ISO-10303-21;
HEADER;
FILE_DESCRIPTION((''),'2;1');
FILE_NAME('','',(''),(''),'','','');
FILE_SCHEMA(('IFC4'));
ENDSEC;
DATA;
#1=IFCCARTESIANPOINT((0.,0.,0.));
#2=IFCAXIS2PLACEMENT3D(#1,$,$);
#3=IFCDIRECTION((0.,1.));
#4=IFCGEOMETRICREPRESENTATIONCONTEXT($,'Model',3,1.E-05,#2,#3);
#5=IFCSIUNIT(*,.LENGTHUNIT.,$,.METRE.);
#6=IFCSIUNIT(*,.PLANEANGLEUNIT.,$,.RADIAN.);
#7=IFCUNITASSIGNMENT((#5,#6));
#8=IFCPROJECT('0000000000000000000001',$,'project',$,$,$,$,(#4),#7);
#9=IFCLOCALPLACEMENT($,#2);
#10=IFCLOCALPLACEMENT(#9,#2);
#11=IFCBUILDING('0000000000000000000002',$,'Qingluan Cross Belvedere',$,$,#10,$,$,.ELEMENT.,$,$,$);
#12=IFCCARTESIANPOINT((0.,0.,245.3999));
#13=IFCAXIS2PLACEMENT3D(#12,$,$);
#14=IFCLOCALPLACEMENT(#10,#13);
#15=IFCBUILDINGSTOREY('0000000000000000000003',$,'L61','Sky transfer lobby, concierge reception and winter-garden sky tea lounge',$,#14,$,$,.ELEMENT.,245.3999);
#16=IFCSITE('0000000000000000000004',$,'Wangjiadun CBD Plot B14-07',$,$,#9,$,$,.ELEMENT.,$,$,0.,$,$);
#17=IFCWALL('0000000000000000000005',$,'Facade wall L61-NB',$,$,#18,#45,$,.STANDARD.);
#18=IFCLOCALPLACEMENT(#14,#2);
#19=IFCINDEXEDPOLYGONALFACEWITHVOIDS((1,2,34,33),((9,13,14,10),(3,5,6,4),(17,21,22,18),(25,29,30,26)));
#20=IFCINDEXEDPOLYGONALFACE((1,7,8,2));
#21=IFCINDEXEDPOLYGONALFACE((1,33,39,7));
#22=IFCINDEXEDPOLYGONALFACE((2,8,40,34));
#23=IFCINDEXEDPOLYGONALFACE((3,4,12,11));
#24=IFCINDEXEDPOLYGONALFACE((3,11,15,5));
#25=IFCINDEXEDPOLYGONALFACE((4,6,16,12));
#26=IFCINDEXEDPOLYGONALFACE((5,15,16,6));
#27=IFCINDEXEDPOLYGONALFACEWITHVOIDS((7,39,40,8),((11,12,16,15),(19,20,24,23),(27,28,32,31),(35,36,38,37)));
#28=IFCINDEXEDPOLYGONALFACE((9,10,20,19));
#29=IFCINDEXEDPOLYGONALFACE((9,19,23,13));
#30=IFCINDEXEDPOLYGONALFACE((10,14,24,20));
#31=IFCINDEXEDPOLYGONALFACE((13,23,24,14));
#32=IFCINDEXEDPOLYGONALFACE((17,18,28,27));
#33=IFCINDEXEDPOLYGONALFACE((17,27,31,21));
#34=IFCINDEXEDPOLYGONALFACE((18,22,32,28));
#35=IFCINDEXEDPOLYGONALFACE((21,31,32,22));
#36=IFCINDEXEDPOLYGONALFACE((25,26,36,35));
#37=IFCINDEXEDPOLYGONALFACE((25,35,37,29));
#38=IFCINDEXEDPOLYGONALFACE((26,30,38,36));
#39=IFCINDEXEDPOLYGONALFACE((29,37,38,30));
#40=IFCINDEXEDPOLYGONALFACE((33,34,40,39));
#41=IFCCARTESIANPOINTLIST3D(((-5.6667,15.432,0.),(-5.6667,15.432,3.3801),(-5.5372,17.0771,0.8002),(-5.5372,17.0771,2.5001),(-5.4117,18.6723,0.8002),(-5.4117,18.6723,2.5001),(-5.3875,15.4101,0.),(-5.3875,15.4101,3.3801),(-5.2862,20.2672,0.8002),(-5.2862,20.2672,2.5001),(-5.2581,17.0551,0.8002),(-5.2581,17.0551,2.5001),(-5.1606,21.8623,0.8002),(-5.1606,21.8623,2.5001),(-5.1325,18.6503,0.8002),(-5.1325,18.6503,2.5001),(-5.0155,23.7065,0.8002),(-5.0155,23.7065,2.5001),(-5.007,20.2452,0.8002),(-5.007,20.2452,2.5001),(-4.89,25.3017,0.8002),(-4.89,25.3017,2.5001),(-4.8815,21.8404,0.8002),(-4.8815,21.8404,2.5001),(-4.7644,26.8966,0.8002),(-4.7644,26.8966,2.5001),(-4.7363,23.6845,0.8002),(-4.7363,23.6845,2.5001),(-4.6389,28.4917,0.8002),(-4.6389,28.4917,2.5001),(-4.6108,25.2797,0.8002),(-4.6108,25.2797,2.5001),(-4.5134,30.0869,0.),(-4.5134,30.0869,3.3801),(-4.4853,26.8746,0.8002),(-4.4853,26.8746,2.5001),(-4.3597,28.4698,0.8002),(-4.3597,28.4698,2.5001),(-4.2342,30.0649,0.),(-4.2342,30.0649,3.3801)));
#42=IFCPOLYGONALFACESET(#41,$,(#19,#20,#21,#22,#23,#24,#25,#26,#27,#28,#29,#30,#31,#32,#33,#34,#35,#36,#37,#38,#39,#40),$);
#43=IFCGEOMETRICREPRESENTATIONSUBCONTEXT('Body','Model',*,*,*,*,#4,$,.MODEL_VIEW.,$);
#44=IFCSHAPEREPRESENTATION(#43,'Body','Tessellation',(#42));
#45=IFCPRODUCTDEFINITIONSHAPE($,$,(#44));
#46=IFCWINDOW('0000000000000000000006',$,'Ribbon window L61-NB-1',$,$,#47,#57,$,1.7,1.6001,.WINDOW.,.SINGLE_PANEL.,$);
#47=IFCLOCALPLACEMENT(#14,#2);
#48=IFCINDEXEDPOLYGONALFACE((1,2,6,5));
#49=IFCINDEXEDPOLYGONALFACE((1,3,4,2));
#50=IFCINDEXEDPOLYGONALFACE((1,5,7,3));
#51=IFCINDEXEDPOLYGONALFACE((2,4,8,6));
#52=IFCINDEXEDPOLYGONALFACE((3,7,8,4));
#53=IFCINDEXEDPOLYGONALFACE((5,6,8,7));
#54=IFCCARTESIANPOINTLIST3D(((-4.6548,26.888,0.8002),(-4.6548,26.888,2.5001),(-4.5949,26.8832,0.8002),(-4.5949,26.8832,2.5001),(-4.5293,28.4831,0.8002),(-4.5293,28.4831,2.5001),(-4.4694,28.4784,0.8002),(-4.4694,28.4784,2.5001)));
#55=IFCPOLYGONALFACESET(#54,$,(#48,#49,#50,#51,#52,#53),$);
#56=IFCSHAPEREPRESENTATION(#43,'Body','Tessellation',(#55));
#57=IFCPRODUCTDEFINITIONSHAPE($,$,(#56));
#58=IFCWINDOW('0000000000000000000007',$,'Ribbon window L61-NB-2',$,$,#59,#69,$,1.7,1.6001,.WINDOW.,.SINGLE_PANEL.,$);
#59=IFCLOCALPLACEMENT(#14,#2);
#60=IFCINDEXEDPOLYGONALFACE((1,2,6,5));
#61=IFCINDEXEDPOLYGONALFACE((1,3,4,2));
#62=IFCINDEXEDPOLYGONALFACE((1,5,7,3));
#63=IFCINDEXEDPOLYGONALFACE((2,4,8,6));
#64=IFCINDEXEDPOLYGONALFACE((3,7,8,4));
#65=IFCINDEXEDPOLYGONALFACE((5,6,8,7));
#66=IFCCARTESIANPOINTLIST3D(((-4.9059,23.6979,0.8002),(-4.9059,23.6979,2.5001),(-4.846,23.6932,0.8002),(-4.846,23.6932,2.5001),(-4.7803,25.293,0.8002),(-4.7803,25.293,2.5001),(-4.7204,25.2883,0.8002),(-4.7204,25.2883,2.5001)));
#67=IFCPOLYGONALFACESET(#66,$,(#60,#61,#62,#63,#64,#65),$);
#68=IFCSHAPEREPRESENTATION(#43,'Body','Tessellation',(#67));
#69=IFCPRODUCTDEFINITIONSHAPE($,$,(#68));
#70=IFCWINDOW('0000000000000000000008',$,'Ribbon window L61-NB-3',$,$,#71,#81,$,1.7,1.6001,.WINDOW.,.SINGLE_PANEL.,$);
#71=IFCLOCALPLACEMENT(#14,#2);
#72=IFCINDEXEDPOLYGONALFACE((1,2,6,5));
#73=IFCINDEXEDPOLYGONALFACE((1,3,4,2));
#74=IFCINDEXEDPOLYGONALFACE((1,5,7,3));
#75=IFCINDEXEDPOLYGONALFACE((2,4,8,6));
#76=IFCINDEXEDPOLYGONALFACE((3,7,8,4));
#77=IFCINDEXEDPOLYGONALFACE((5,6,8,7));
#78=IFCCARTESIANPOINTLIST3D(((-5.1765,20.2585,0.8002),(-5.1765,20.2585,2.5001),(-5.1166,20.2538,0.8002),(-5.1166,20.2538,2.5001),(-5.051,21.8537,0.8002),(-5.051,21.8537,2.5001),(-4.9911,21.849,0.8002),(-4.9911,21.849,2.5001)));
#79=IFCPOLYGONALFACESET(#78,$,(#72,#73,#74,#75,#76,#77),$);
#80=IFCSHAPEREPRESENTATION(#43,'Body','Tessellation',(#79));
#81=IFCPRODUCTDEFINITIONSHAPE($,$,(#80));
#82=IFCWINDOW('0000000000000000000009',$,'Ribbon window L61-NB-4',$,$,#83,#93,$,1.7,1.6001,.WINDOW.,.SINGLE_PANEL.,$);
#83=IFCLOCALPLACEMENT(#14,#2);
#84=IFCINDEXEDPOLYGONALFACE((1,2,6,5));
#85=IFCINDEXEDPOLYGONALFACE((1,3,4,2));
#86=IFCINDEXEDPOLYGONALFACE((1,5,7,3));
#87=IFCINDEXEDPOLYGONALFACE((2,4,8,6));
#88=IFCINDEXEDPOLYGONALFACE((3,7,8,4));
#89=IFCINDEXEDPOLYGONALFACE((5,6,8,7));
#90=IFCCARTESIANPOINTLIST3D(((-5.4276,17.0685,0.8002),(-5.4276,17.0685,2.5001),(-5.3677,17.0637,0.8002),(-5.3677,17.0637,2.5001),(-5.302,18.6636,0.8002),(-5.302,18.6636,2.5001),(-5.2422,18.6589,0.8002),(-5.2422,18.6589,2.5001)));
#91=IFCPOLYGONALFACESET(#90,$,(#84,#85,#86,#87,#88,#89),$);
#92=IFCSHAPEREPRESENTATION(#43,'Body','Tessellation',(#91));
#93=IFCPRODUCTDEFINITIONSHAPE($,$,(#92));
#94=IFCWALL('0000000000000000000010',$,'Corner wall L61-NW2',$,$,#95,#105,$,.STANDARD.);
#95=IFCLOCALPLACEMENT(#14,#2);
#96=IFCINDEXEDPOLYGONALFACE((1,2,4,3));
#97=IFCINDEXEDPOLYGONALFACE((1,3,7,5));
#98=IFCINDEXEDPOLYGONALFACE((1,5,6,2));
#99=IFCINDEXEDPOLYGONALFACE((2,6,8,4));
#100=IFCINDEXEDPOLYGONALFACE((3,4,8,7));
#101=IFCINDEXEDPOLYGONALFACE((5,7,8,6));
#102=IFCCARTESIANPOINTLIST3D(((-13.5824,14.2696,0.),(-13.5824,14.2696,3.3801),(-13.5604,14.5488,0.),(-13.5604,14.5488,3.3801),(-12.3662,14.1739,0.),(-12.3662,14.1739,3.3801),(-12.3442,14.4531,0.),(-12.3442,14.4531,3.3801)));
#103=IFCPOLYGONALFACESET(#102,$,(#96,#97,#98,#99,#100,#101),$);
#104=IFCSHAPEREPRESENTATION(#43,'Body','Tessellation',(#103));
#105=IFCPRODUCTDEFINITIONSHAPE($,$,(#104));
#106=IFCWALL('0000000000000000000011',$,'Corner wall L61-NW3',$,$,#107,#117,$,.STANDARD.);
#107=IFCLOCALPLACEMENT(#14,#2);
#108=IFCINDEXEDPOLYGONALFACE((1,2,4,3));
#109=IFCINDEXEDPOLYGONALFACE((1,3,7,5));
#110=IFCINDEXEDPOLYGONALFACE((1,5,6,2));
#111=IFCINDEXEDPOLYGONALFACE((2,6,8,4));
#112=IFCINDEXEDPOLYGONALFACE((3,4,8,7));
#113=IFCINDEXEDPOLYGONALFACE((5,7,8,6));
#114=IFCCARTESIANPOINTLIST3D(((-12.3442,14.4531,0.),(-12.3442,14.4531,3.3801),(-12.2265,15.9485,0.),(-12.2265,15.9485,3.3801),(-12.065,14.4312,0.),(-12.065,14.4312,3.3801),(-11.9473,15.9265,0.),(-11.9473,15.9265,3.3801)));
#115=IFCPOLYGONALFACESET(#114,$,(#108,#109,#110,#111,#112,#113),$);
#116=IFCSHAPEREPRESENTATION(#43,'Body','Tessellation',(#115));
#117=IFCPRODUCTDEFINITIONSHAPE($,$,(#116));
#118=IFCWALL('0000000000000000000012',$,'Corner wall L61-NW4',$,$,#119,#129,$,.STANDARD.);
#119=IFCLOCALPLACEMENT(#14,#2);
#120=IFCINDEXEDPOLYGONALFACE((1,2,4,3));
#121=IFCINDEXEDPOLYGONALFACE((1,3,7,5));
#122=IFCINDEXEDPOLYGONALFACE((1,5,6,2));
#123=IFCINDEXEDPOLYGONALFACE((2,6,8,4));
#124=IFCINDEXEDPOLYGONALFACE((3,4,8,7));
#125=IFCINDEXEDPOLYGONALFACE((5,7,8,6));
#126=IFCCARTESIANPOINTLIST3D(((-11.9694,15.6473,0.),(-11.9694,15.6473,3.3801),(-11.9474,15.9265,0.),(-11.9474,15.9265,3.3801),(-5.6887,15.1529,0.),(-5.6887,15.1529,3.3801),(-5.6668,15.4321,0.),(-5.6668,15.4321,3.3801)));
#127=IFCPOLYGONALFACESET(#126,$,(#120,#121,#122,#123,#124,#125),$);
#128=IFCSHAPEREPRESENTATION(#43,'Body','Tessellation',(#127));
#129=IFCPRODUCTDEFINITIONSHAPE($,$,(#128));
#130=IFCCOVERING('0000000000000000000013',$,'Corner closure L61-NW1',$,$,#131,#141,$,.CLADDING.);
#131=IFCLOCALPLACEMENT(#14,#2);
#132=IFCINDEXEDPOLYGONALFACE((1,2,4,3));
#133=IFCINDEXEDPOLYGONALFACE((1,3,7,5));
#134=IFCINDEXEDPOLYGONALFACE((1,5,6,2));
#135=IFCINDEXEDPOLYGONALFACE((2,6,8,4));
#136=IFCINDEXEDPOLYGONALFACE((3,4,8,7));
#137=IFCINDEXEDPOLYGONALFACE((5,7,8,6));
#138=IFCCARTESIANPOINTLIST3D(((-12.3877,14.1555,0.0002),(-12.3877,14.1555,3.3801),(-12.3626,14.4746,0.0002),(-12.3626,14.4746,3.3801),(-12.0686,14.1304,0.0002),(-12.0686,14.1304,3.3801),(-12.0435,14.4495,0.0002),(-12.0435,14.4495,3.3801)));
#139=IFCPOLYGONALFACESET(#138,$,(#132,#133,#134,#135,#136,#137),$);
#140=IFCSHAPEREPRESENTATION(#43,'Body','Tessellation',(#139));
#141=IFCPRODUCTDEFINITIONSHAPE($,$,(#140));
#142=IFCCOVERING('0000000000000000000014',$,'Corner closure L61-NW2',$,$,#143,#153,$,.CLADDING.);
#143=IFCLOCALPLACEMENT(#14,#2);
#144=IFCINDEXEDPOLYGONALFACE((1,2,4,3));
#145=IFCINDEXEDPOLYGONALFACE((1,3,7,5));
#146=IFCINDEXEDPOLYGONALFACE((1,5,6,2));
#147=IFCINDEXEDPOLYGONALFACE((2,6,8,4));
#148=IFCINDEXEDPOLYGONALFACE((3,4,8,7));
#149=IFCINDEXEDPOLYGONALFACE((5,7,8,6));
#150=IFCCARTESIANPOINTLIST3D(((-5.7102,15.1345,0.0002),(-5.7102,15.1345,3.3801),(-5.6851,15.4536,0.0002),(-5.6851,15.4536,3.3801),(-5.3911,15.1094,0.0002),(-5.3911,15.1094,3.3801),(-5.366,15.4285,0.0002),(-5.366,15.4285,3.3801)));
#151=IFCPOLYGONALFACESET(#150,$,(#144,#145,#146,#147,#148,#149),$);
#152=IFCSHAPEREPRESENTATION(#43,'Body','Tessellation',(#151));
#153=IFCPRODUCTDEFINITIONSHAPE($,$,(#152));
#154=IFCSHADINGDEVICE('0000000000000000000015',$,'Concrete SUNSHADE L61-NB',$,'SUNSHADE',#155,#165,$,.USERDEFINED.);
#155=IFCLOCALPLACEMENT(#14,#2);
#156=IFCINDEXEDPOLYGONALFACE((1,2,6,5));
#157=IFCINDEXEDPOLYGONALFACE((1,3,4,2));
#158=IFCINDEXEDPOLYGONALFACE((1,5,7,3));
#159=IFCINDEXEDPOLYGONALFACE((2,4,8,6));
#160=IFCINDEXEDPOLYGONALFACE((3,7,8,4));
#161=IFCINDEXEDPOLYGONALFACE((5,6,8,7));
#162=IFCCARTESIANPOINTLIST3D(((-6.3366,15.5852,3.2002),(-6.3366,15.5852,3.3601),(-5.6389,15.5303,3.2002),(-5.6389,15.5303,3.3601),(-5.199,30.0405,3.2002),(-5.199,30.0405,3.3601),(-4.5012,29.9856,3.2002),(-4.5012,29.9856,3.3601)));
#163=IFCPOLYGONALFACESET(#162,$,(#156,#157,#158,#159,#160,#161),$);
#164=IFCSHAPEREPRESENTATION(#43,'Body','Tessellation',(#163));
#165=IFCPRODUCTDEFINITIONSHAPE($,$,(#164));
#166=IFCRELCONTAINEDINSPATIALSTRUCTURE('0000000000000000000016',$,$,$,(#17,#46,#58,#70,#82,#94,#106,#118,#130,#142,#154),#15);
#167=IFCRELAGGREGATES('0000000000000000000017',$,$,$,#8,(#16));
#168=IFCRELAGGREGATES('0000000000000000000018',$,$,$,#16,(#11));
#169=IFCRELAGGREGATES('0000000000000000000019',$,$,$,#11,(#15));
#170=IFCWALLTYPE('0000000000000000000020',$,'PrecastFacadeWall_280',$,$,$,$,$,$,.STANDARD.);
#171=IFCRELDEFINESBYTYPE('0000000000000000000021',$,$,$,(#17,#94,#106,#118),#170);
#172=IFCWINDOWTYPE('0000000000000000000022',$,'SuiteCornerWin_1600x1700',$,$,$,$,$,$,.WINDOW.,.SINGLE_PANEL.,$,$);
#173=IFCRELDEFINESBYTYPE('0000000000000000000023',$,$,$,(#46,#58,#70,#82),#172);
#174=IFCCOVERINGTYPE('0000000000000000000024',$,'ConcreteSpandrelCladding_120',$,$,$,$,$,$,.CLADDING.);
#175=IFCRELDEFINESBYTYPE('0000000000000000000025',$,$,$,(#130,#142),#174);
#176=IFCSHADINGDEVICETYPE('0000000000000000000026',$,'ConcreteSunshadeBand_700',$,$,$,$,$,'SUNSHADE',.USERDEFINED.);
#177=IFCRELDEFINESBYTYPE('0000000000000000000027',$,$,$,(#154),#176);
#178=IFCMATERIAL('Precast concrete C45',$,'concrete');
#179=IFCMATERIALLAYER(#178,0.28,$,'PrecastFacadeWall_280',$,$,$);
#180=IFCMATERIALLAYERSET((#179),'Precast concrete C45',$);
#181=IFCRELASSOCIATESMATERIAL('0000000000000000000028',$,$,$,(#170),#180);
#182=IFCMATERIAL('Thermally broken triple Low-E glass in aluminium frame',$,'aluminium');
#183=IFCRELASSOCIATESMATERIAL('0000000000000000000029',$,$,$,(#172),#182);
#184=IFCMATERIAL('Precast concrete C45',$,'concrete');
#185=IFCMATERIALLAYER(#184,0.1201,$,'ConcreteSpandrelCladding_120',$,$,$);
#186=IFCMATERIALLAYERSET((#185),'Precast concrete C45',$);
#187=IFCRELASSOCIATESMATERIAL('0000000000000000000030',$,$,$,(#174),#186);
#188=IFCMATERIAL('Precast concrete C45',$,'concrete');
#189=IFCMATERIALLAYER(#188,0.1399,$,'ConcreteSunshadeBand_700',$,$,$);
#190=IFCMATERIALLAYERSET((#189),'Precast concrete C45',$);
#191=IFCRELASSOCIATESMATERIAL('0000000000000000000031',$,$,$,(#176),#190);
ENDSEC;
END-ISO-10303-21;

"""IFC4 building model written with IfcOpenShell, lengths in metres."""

from ifc_helpers import new_model, si_unit, direction, frame, frame_2d, origin, origin_2d, place, context, subcontext, project, spatial, rectangle, extrude, material, layer, layer_set, type_object, element, fill, save


model = new_model("IFC4")

# Units and contexts
model_context = context("Model", 3, precision=1e-05, world=origin(), true_north=direction((0.0, 1.0)))
body_context = subcontext(model_context, "Body", "Model", "MODEL_VIEW")
ifc_project = project(units=[si_unit("LENGTHUNIT", "METRE"), si_unit("PLANEANGLEUNIT", "RADIAN")], contexts=[model_context])

# Site, building, storey
site_placement = place(None, origin())
site = spatial("IfcSite", under=ifc_project, at=site_placement, Name="Wangjiadun CBD Plot B14-07", CompositionType="ELEMENT", RefElevation=0.0)
building_placement = place(site_placement, origin())
building = spatial("IfcBuilding", under=site, at=building_placement, Name="Qingluan Cross Belvedere", CompositionType="ELEMENT")
storey_placement = place(building_placement, frame((0.0, 0.0, 245.3999)))
storey = spatial("IfcBuildingStorey", under=building, at=storey_placement, Name="L61", Description="Sky transfer lobby, concierge reception and winter-garden sky tea lounge", CompositionType="ELEMENT", Elevation=245.3999)

# Wall, openings, windows
ifc_material_1 = material(Name="Precast concrete C45", Category="concrete")
ifc_layer_1 = layer(ifc_material_1, 0.28, Name="PrecastFacadeWall_280")
ifc_layer_set_1 = layer_set([ifc_layer_1], Name="Precast concrete C45")
wall_type_1 = type_object("IfcWallType", Name="PrecastFacadeWall_280", PredefinedType="STANDARD", material=ifc_layer_set_1)
wall_1_placement = place(storey_placement, frame((-4.3738, 30.0759, 0.0), z_axis=(0.0, 0.0, 1.0), x_axis=(-0.078457, -0.996918, 0.0)))
wall_1 = element("IfcWall", 1, at=wall_1_placement, inside=storey, type_object=wall_type_1, Name="Facade wall L61-NB", PredefinedType="STANDARD", context=body_context, shape_type="SweptSolid", body=[
    extrude(rectangle(XDim=14.7002, YDim=0.28, at=frame_2d((7.3501, 0.0))), origin(), (0.0, 0.0, 1.0), 3.3801),
])
opening_1_placement = place(wall_1_placement, frame((1.6001, 0.0, 0.8)))
opening_1 = element("IfcOpeningElement", 2, at=opening_1_placement, cuts=wall_1, PredefinedType="OPENING", context=body_context, shape_type="SweptSolid", body=[
    extrude(rectangle(XDim=1.6001, YDim=1.7, at=frame_2d((0.8, 0.8501))), frame((0.0, 0.1499, 0.0), z_axis=(0.0, -1.0, 0.0), x_axis=(1.0, 0.0, 0.0)), (0.0, 0.0, 1.0), 0.3),
])
opening_2_placement = place(wall_1_placement, frame((4.8, 0.0, 0.8)))
opening_2 = element("IfcOpeningElement", 3, at=opening_2_placement, cuts=wall_1, PredefinedType="OPENING", context=body_context, shape_type="SweptSolid", body=[
    extrude(rectangle(XDim=1.6001, YDim=1.7, at=frame_2d((0.8, 0.8501))), frame((0.0, 0.1499, 0.0), z_axis=(0.0, -1.0, 0.0), x_axis=(1.0, 0.0, 0.0)), (0.0, 0.0, 1.0), 0.3),
])
opening_3_placement = place(wall_1_placement, frame((8.25, 0.0, 0.8)))
opening_3 = element("IfcOpeningElement", 4, at=opening_3_placement, cuts=wall_1, PredefinedType="OPENING", context=body_context, shape_type="SweptSolid", body=[
    extrude(rectangle(XDim=1.6001, YDim=1.7, at=frame_2d((0.8, 0.8501))), frame((0.0, 0.1499, 0.0), z_axis=(0.0, -1.0, 0.0), x_axis=(1.0, 0.0, 0.0)), (0.0, 0.0, 1.0), 0.3),
])
opening_4_placement = place(wall_1_placement, frame((11.45, 0.0, 0.8)))
opening_4 = element("IfcOpeningElement", 5, at=opening_4_placement, cuts=wall_1, PredefinedType="OPENING", context=body_context, shape_type="SweptSolid", body=[
    extrude(rectangle(XDim=1.6001, YDim=1.7, at=frame_2d((0.8, 0.8501))), frame((0.0, 0.1499, 0.0), z_axis=(0.0, -1.0, 0.0), x_axis=(1.0, 0.0, 0.0)), (0.0, 0.0, 1.0), 0.3),
])
ifc_material_2 = material(Name="Thermally broken triple Low-E glass in aluminium frame", Category="aluminium")
window_type = type_object("IfcWindowType", Name="SuiteCornerWin_1600x1700", PartitioningType="SINGLE_PANEL", PredefinedType="WINDOW", material=ifc_material_2)
window_1_placement = place(opening_1_placement, origin())
window_1 = element("IfcWindow", 6, at=window_1_placement, inside=storey, type_object=window_type, Name="Ribbon window L61-NB-1", OverallHeight=1.7, OverallWidth=1.6001, PartitioningType="SINGLE_PANEL", PredefinedType="WINDOW", context=body_context, shape_type="SweptSolid", body=[
    extrude(rectangle(XDim=1.6001, YDim=1.7, at=frame_2d((0.8, 0.8501))), frame((0.0, 0.03, 0.0), z_axis=(0.0, -1.0, 0.0), x_axis=(1.0, 0.0, 0.0)), (0.0, 0.0, 1.0), 0.0601),
])
fill(opening_1, window_1)
window_2_placement = place(opening_2_placement, origin())
window_2 = element("IfcWindow", 7, at=window_2_placement, inside=storey, type_object=window_type, Name="Ribbon window L61-NB-2", OverallHeight=1.7, OverallWidth=1.6001, PartitioningType="SINGLE_PANEL", PredefinedType="WINDOW", context=body_context, shape_type="SweptSolid", body=[
    extrude(rectangle(XDim=1.6001, YDim=1.7, at=frame_2d((0.8, 0.8501))), frame((0.0, 0.03, 0.0), z_axis=(0.0, -1.0, 0.0), x_axis=(1.0, 0.0, 0.0)), (0.0, 0.0, 1.0), 0.0601),
])
fill(opening_2, window_2)
window_3_placement = place(opening_3_placement, origin())
window_3 = element("IfcWindow", 8, at=window_3_placement, inside=storey, type_object=window_type, Name="Ribbon window L61-NB-3", OverallHeight=1.7, OverallWidth=1.6001, PartitioningType="SINGLE_PANEL", PredefinedType="WINDOW", context=body_context, shape_type="SweptSolid", body=[
    extrude(rectangle(XDim=1.6001, YDim=1.7, at=frame_2d((0.8, 0.8501))), frame((0.0, 0.03, 0.0), z_axis=(0.0, -1.0, 0.0), x_axis=(1.0, 0.0, 0.0)), (0.0, 0.0, 1.0), 0.0601),
])
fill(opening_3, window_3)
window_4_placement = place(opening_4_placement, origin())
window_4 = element("IfcWindow", 9, at=window_4_placement, inside=storey, type_object=window_type, Name="Ribbon window L61-NB-4", OverallHeight=1.7, OverallWidth=1.6001, PartitioningType="SINGLE_PANEL", PredefinedType="WINDOW", context=body_context, shape_type="SweptSolid", body=[
    extrude(rectangle(XDim=1.6001, YDim=1.7, at=frame_2d((0.8, 0.8501))), frame((0.0, 0.03, 0.0), z_axis=(0.0, -1.0, 0.0), x_axis=(1.0, 0.0, 0.0)), (0.0, 0.0, 1.0), 0.0601),
])
fill(opening_4, window_4)

# Walls
wall_2_placement = place(storey_placement, frame((-13.5713, 14.4092, 0.0), z_axis=(0.0, 0.0, 1.0), x_axis=(0.996919, -0.078441, 0.0)))
element("IfcWall", 10, at=wall_2_placement, inside=storey, type_object=wall_type_1, Name="Corner wall L61-NW2", PredefinedType="STANDARD", context=body_context, shape_type="SweptSolid", body=[
    extrude(rectangle(XDim=1.22, YDim=0.28, at=frame_2d((0.6099, 0.0))), origin(), (0.0, 0.0, 1.0), 3.3801),
])
wall_3_placement = place(storey_placement, frame((-12.2046, 14.4421, 0.0), z_axis=(0.0, 0.0, 1.0), x_axis=(0.078451, 0.996918, 0.0)))
element("IfcWall", 11, at=wall_3_placement, inside=storey, type_object=wall_type_1, Name="Corner wall L61-NW3", PredefinedType="STANDARD", context=body_context, shape_type="SweptSolid", body=[
    extrude(rectangle(XDim=1.5, YDim=0.28, at=frame_2d((0.75, 0.0))), origin(), (0.0, 0.0, 1.0), 3.3801),
])
wall_4_placement = place(storey_placement, frame((-11.9583, 15.7869, 0.0), z_axis=(0.0, 0.0, 1.0), x_axis=(0.996916, -0.078474, 0.0)))
element("IfcWall", 12, at=wall_4_placement, inside=storey, type_object=wall_type_1, Name="Corner wall L61-NW4", PredefinedType="STANDARD", context=body_context, shape_type="SweptSolid", body=[
    extrude(rectangle(XDim=6.3, YDim=0.28, at=frame_2d((3.1499, 0.0))), origin(), (0.0, 0.0, 1.0), 3.3801),
])

# Coverings
ifc_material_3 = material(Name="Precast concrete C45", Category="concrete")
ifc_layer_2 = layer(ifc_material_3, 0.1201, Name="ConcreteSpandrelCladding_120")
ifc_layer_set_2 = layer_set([ifc_layer_2], Name="Precast concrete C45")
covering_type_1 = type_object("IfcCoveringType", Name="ConcreteSpandrelCladding_120", PredefinedType="CLADDING", material=ifc_layer_set_2)
for number, where, z_axis, x_axis, name in (
    (13, (-12.2156, 14.3025, 0.0002), (0.0, 0.0, 1.0), (0.996917, -0.078459, 0.0), "Corner closure L61-NW1"),
    (14, (-5.5381, 15.2815, 0.0002), (0.0, 0.0, 1.0), (0.996917, -0.078459, 0.0), "Corner closure L61-NW2"),
):
    element("IfcCovering", number, at=place(storey_placement, frame(where, z_axis=z_axis, x_axis=x_axis)), inside=storey, type_object=covering_type_1, Name=name, PredefinedType="CLADDING", context=body_context, shape_type="SweptSolid", body=[
        extrude(rectangle(XDim=0.3201, YDim=0.3201, at=origin_2d()), origin(), (0.0, 0.0, 1.0), 3.3799),
    ])

# Shading device
ifc_material_4 = material(Name="Precast concrete C45", Category="concrete")
ifc_layer_3 = layer(ifc_material_4, 0.1399, Name="ConcreteSunshadeBand_700")
ifc_layer_set_3 = layer_set([ifc_layer_3], Name="Precast concrete C45")
shading_device_type = type_object("IfcShadingDeviceType", Name="ConcreteSunshadeBand_700", ElementType="SUNSHADE", PredefinedType="USERDEFINED", material=ifc_layer_set_3)
shading_device_placement = place(storey_placement, frame((-5.4189, 22.7854, 3.2002), z_axis=(0.0, 0.0, 1.0), x_axis=(-0.078456, -0.996918, 0.0)))
element("IfcShadingDevice", 15, at=shading_device_placement, inside=storey, type_object=shading_device_type, Name="Concrete SUNSHADE L61-NB", ObjectType="SUNSHADE", PredefinedType="USERDEFINED", context=body_context, shape_type="SweptSolid", body=[
    extrude(rectangle(XDim=14.5, YDim=0.7, at=origin_2d()), origin(), (0.0, 0.0, 1.0), 0.1599),
])

save(model, "model.ifc")
